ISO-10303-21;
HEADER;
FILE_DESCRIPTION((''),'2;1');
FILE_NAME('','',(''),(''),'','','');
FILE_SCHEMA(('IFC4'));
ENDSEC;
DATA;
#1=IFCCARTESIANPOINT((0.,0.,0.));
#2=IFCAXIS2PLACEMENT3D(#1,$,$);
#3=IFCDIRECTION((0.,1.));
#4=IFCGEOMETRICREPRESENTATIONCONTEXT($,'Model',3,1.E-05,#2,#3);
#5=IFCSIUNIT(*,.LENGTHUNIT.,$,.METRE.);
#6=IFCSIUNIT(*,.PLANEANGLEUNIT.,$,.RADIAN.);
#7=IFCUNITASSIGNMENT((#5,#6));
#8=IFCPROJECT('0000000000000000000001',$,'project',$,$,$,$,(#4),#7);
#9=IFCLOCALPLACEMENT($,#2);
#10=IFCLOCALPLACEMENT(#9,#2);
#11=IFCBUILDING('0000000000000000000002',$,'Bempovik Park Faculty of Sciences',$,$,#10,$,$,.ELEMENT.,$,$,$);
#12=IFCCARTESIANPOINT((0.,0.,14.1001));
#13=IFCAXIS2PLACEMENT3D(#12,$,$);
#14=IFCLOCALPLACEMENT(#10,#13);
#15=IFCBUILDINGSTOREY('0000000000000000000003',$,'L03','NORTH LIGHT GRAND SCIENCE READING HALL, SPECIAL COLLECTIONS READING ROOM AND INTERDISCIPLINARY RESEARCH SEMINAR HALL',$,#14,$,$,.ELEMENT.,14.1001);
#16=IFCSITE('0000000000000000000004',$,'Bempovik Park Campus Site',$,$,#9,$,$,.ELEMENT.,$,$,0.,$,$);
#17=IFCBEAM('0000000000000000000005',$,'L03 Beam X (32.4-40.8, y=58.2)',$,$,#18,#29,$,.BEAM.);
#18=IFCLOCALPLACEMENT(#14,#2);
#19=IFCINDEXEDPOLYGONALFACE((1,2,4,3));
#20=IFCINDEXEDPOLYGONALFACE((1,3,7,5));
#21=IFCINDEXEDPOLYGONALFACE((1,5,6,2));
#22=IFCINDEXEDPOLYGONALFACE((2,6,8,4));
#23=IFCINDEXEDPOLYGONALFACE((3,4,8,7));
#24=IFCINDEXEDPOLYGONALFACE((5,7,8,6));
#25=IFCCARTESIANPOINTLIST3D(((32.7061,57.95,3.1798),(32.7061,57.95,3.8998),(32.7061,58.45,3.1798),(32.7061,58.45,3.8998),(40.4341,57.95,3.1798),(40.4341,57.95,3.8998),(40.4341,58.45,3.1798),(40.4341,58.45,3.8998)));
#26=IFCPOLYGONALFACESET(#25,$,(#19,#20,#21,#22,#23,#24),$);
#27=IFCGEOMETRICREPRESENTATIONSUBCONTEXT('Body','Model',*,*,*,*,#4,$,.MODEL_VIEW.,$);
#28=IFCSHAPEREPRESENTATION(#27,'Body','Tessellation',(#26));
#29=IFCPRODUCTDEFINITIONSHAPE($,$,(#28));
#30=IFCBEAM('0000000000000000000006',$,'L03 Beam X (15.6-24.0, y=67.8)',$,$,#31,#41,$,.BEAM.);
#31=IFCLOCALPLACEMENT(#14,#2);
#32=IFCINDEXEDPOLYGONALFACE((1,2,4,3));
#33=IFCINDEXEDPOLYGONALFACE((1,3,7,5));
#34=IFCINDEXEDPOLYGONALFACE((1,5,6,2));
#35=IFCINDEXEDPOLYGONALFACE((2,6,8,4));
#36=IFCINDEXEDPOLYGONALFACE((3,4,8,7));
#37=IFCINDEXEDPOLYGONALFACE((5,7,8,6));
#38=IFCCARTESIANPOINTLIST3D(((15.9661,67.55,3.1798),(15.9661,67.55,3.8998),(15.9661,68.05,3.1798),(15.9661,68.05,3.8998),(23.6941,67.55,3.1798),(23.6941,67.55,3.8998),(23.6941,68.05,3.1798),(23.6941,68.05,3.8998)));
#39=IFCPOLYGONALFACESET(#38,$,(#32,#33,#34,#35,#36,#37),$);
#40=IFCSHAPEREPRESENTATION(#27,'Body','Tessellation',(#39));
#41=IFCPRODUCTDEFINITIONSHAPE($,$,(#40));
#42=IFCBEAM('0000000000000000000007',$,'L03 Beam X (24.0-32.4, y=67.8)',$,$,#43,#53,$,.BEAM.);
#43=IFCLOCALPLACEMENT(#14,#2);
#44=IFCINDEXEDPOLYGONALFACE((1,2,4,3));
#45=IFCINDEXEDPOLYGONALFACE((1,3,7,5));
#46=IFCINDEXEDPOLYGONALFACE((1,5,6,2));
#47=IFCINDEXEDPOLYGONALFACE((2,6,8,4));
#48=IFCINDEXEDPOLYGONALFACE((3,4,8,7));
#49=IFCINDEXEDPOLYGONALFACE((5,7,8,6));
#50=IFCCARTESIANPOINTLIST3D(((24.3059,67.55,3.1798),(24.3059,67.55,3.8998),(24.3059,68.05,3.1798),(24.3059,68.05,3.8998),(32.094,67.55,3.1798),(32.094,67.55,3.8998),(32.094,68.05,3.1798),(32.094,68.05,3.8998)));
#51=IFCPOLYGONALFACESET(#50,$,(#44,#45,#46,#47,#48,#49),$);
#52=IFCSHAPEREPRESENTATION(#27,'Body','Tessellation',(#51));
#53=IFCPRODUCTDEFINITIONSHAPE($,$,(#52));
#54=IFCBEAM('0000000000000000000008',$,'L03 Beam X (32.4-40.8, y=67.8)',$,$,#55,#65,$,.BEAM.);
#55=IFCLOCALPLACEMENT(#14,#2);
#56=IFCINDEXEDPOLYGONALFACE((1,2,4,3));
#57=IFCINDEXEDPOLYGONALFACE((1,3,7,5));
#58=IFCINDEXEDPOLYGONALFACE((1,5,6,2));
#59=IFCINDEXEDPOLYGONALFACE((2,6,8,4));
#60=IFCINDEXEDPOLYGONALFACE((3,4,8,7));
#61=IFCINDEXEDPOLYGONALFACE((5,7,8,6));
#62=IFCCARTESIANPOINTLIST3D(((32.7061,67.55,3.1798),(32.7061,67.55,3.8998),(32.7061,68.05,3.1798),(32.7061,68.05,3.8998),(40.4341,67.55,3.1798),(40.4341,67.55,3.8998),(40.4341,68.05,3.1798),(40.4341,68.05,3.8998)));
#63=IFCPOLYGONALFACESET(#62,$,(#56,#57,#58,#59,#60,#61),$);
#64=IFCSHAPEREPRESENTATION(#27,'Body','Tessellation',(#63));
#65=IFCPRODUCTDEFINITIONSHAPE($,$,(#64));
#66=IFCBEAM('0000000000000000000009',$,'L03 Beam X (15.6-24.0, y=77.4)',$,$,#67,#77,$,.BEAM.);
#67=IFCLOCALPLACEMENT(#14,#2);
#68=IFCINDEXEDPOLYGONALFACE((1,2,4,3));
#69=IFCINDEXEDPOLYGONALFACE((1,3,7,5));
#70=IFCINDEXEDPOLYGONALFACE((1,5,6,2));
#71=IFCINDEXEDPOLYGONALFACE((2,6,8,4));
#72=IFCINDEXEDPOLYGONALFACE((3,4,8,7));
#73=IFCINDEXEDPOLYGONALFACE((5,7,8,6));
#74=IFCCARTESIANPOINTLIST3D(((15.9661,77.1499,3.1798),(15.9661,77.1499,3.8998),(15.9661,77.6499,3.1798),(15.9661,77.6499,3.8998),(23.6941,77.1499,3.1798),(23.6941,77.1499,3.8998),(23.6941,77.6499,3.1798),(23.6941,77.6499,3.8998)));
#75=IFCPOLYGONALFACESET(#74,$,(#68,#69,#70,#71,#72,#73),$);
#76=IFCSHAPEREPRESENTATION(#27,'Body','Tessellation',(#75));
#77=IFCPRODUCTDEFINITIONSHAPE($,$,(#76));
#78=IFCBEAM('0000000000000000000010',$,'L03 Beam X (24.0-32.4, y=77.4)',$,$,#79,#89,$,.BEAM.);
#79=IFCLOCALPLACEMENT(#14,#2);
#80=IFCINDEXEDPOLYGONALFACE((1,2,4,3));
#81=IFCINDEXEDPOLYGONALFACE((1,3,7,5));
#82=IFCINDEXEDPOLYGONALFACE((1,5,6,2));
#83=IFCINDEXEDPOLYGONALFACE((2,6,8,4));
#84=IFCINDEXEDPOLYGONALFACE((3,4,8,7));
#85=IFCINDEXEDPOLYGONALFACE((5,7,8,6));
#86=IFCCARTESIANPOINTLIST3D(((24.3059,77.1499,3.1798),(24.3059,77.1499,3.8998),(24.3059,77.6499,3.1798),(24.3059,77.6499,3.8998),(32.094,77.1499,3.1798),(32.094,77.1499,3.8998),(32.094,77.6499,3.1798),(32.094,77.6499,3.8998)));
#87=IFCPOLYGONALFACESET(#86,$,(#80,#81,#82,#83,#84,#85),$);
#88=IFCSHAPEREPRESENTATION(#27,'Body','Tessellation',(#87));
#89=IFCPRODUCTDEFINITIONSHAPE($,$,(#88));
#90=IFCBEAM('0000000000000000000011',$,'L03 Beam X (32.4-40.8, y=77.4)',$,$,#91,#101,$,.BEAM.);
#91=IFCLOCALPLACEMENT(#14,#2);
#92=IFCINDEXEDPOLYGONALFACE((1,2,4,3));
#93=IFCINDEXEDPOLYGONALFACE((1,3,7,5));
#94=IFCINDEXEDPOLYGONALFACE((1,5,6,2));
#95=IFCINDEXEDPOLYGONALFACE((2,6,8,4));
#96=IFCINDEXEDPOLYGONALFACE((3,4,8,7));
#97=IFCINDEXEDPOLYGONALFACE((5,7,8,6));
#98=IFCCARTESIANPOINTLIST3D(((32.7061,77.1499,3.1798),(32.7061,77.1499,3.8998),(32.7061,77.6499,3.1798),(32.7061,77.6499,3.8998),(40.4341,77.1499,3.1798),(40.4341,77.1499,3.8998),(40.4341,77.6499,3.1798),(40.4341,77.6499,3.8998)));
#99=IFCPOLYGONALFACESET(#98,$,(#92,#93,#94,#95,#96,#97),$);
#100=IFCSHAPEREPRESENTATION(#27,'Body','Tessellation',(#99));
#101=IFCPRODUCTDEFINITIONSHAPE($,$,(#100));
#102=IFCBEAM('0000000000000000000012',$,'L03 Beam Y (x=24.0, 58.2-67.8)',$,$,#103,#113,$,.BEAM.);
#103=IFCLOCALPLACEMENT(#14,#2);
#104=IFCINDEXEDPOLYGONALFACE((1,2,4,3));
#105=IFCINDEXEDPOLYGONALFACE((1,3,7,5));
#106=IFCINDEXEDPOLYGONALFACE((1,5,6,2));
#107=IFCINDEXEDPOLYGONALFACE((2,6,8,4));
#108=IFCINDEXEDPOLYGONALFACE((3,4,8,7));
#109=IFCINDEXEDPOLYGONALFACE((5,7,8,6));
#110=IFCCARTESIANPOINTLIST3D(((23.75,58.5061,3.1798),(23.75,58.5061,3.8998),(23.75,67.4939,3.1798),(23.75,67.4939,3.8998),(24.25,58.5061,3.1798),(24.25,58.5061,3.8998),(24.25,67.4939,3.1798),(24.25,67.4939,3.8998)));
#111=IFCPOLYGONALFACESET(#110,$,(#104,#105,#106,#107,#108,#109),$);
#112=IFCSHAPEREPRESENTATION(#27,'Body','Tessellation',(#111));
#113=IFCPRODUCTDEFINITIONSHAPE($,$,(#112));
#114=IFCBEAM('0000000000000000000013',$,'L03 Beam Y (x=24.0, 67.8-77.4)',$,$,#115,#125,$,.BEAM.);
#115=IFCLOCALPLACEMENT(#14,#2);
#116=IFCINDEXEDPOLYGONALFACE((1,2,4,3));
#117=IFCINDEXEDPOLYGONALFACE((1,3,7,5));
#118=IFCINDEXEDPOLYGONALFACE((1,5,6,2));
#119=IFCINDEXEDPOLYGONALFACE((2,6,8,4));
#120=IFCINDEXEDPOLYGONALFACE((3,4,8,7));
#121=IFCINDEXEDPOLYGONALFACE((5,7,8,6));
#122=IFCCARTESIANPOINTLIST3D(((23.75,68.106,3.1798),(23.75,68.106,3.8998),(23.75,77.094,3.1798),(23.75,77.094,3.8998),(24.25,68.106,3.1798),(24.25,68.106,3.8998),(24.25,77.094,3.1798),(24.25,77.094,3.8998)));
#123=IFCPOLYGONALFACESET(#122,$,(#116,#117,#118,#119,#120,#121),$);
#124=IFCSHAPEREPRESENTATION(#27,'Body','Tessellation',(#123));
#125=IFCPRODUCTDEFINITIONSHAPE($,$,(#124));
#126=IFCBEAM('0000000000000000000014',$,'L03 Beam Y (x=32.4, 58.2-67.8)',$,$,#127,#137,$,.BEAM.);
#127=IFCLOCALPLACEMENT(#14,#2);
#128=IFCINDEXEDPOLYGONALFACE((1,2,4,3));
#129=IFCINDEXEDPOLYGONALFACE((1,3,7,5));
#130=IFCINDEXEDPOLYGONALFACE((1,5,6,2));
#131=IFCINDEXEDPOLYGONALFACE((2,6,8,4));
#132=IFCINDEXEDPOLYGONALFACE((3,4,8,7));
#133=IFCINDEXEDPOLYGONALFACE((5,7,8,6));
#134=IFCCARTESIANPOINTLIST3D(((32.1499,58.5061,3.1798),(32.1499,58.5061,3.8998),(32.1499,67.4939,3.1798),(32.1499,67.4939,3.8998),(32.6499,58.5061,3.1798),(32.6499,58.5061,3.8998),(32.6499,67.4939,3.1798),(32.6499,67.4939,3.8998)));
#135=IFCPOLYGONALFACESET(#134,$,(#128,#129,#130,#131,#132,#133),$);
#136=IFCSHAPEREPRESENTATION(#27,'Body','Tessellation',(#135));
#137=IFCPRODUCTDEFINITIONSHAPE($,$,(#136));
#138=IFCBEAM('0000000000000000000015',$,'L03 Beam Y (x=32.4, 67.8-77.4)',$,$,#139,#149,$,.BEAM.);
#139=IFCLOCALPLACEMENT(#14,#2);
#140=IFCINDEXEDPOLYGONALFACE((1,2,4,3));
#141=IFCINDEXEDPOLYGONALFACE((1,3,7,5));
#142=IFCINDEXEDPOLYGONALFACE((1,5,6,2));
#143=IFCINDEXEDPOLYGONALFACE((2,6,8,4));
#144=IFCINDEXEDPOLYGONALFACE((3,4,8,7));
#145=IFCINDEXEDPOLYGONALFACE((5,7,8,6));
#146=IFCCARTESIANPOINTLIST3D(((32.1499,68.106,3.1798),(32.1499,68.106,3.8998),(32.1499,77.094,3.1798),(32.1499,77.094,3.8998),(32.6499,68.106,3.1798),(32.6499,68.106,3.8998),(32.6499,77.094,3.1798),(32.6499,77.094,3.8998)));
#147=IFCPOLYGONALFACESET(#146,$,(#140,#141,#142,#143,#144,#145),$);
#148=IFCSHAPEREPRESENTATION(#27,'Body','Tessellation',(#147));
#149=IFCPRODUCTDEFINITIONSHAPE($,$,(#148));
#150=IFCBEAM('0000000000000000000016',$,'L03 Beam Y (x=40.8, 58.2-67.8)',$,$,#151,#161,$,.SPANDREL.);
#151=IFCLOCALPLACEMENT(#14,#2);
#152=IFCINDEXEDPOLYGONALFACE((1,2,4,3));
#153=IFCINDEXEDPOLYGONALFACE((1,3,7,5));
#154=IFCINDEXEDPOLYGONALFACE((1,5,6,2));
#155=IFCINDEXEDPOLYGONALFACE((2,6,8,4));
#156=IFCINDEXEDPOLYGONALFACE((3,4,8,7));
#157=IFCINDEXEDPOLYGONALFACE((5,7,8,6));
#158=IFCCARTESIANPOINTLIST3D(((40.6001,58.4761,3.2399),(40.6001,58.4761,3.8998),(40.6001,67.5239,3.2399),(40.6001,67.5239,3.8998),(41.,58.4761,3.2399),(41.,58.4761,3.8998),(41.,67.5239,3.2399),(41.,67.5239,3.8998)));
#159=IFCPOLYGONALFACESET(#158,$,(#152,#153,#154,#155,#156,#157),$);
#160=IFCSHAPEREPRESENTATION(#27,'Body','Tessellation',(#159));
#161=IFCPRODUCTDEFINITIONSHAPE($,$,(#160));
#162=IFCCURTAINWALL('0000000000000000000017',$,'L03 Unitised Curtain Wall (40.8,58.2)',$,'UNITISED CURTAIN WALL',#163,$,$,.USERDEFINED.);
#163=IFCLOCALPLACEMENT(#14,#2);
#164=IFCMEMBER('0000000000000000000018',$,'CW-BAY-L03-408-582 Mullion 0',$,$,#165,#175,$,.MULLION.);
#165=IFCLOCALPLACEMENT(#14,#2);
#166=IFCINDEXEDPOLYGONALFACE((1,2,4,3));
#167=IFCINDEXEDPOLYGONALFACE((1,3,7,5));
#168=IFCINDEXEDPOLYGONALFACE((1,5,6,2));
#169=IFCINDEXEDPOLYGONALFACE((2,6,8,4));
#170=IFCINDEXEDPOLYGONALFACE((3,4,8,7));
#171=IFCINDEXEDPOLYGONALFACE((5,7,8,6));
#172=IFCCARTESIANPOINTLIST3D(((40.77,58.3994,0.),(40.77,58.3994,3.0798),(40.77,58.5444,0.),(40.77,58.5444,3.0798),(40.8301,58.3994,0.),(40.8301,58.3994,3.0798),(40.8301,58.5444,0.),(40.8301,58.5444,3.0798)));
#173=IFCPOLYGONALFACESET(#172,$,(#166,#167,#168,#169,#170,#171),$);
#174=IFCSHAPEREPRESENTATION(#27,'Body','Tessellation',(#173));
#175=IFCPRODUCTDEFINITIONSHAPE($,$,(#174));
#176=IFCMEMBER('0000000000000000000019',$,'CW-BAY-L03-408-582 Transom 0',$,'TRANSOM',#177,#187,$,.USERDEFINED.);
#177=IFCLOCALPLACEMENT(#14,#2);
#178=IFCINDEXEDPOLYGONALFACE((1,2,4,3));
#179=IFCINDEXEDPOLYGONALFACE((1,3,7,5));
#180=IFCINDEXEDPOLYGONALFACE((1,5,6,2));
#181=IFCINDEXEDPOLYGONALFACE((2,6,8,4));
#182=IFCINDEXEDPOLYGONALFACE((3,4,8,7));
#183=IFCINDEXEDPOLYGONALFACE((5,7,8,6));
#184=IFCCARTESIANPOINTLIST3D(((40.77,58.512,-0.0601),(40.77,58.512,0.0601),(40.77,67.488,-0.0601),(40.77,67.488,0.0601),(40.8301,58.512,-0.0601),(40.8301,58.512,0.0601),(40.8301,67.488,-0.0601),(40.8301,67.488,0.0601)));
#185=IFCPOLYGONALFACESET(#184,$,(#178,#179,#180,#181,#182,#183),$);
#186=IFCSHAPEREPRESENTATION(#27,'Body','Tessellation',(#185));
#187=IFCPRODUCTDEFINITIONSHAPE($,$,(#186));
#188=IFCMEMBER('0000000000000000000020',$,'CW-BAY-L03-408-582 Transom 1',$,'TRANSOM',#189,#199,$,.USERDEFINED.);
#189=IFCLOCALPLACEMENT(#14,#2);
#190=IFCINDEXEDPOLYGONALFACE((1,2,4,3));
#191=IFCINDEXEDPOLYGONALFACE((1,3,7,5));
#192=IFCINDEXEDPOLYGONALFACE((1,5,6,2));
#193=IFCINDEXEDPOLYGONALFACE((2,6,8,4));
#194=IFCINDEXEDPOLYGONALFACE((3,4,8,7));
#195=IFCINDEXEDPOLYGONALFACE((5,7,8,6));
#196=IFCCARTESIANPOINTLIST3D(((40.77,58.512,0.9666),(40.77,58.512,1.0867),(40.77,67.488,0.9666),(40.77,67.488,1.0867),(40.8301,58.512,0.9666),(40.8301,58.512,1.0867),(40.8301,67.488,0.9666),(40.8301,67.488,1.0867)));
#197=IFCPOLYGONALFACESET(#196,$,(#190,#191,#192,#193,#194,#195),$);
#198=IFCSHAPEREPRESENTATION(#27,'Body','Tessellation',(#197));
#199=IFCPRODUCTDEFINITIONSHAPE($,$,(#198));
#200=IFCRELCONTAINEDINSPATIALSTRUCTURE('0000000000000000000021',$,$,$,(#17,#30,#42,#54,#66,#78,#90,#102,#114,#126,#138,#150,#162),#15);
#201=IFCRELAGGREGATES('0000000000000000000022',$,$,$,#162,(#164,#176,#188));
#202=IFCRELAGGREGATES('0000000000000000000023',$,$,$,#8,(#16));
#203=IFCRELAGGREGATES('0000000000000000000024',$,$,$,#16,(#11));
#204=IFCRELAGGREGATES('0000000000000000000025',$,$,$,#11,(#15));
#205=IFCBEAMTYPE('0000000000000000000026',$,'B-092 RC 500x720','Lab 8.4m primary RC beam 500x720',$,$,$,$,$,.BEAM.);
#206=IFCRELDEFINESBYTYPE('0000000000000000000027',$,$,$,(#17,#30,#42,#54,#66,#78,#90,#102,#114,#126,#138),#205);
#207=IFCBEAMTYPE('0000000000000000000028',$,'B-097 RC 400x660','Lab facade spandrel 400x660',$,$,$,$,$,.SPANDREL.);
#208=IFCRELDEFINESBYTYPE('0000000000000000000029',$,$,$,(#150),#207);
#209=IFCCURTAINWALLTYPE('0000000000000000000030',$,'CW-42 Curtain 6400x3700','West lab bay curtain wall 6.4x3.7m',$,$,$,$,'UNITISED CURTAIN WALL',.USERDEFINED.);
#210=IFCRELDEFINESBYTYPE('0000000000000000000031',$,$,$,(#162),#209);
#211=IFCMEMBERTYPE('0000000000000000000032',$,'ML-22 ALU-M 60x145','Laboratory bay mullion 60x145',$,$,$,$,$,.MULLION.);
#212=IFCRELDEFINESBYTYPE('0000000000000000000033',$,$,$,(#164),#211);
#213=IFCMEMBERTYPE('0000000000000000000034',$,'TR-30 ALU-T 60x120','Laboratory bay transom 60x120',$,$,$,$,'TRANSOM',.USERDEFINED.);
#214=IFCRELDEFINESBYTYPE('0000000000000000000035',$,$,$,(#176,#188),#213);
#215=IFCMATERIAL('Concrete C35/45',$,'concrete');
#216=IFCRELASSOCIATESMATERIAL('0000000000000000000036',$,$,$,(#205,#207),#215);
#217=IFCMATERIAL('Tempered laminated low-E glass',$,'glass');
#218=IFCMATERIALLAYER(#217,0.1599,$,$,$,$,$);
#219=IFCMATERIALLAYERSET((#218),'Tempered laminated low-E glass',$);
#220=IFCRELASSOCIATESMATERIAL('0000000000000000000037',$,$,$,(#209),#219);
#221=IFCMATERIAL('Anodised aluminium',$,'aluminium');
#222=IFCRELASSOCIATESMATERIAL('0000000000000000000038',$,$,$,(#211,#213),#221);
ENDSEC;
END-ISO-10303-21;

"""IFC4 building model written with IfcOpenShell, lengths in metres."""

from ifc_helpers import new_model, si_unit, direction, frame, origin, origin_2d, place, context, subcontext, project, spatial, rectangle, extrude, material, layer, layer_set, material_profile, profile_set, type_object, element, aggregate, save


model = new_model("IFC4")

# Units and contexts
model_context = context("Model", 3, precision=1e-05, world=origin(), true_north=direction((0.0, 1.0)))
body_context = subcontext(model_context, "Body", "Model", "MODEL_VIEW")
ifc_project = project(units=[si_unit("LENGTHUNIT", "METRE"), si_unit("PLANEANGLEUNIT", "RADIAN")], contexts=[model_context])

# Site, building, storey
site_placement = place(None, origin())
site = spatial("IfcSite", under=ifc_project, at=site_placement, Name="Bempovik Park Campus Site", CompositionType="ELEMENT", RefElevation=0.0)
building_placement = place(site_placement, origin())
building = spatial("IfcBuilding", under=site, at=building_placement, Name="Bempovik Park Faculty of Sciences", CompositionType="ELEMENT")
storey_placement = place(building_placement, frame((0.0, 0.0, 14.1001)))
storey = spatial("IfcBuildingStorey", under=building, at=storey_placement, Name="L03", Description="NORTH LIGHT GRAND SCIENCE READING HALL, SPECIAL COLLECTIONS READING ROOM AND INTERDISCIPLINARY RESEARCH SEMINAR HALL", CompositionType="ELEMENT", Elevation=14.1001)

# Beams
ifc_material_1 = material(Name="Concrete C35/45", Category="concrete")
ifc_material_profile_1 = material_profile(ifc_material_1, rectangle(XDim=0.5, YDim=0.72, at=origin_2d()), Name="RC 500x720")
ifc_profile_set_1 = profile_set([ifc_material_profile_1], Name="Concrete C35/45")
beam_type_1 = type_object("IfcBeamType", Name="B-092 RC 500x720", Description="Lab 8.4m primary RC beam 500x720", PredefinedType="BEAM", material=ifc_profile_set_1)
for number, where, z_axis, x_axis, name in (
    (1, (32.7061, 58.2, 3.5398), (1.0, 0.0, 0.0), (0.0, 1.0, 0.0), "L03 Beam X (32.4-40.8, y=58.2)"),
    (2, (15.9661, 67.8, 3.5398), (1.0, 0.0, 0.0), (0.0, 1.0, 0.0), "L03 Beam X (15.6-24.0, y=67.8)"),
):
    element("IfcBeam", number, at=place(storey_placement, frame(where, z_axis=z_axis, x_axis=x_axis)), inside=storey, type_object=beam_type_1, Name=name, PredefinedType="BEAM", context=body_context, shape_type="SweptSolid", body=[
        extrude(rectangle(XDim=0.5, YDim=0.72, at=origin_2d()), origin(), (0.0, 0.0, 1.0), 7.728),
    ])
beam_1_placement = place(storey_placement, frame((24.3059, 67.8, 3.5398), z_axis=(1.0, 0.0, 0.0), x_axis=(0.0, 1.0, 0.0)))
element("IfcBeam", 3, at=beam_1_placement, inside=storey, type_object=beam_type_1, Name="L03 Beam X (24.0-32.4, y=67.8)", PredefinedType="BEAM", context=body_context, shape_type="SweptSolid", body=[
    extrude(rectangle(XDim=0.5, YDim=0.72, at=origin_2d()), origin(), (0.0, 0.0, 1.0), 7.7881),
])
for number, where, z_axis, x_axis, name in (
    (4, (32.7061, 67.8, 3.5398), (1.0, 0.0, 0.0), (0.0, 1.0, 0.0), "L03 Beam X (32.4-40.8, y=67.8)"),
    (5, (15.9661, 77.3999, 3.5398), (1.0, 0.0, 0.0), (0.0, 1.0, 0.0), "L03 Beam X (15.6-24.0, y=77.4)"),
):
    element("IfcBeam", number, at=place(storey_placement, frame(where, z_axis=z_axis, x_axis=x_axis)), inside=storey, type_object=beam_type_1, Name=name, PredefinedType="BEAM", context=body_context, shape_type="SweptSolid", body=[
        extrude(rectangle(XDim=0.5, YDim=0.72, at=origin_2d()), origin(), (0.0, 0.0, 1.0), 7.728),
    ])
beam_2_placement = place(storey_placement, frame((24.3059, 77.3999, 3.5398), z_axis=(1.0, 0.0, 0.0), x_axis=(0.0, 1.0, 0.0)))
element("IfcBeam", 6, at=beam_2_placement, inside=storey, type_object=beam_type_1, Name="L03 Beam X (24.0-32.4, y=77.4)", PredefinedType="BEAM", context=body_context, shape_type="SweptSolid", body=[
    extrude(rectangle(XDim=0.5, YDim=0.72, at=origin_2d()), origin(), (0.0, 0.0, 1.0), 7.7881),
])
beam_3_placement = place(storey_placement, frame((32.7061, 77.3999, 3.5398), z_axis=(1.0, 0.0, 0.0), x_axis=(0.0, 1.0, 0.0)))
element("IfcBeam", 7, at=beam_3_placement, inside=storey, type_object=beam_type_1, Name="L03 Beam X (32.4-40.8, y=77.4)", PredefinedType="BEAM", context=body_context, shape_type="SweptSolid", body=[
    extrude(rectangle(XDim=0.5, YDim=0.72, at=origin_2d()), origin(), (0.0, 0.0, 1.0), 7.728),
])
beam_4_placement = place(storey_placement, frame((24.0, 58.5061, 3.5398), z_axis=(0.0, 1.0, 0.0), x_axis=(-1.0, 0.0, 0.0)))
element("IfcBeam", 8, at=beam_4_placement, inside=storey, type_object=beam_type_1, Name="L03 Beam Y (x=24.0, 58.2-67.8)", PredefinedType="BEAM", context=body_context, shape_type="SweptSolid", body=[
    extrude(rectangle(XDim=0.5, YDim=0.72, at=origin_2d()), origin(), (0.0, 0.0, 1.0), 8.9878),
])
beam_5_placement = place(storey_placement, frame((24.0, 68.106, 3.5398), z_axis=(0.0, 1.0, 0.0), x_axis=(-1.0, 0.0, 0.0)))
element("IfcBeam", 9, at=beam_5_placement, inside=storey, type_object=beam_type_1, Name="L03 Beam Y (x=24.0, 67.8-77.4)", PredefinedType="BEAM", context=body_context, shape_type="SweptSolid", body=[
    extrude(rectangle(XDim=0.5, YDim=0.72, at=origin_2d()), origin(), (0.0, 0.0, 1.0), 8.988),
])
beam_6_placement = place(storey_placement, frame((32.3999, 58.5061, 3.5398), z_axis=(0.0, 1.0, 0.0), x_axis=(-1.0, 0.0, 0.0)))
element("IfcBeam", 10, at=beam_6_placement, inside=storey, type_object=beam_type_1, Name="L03 Beam Y (x=32.4, 58.2-67.8)", PredefinedType="BEAM", context=body_context, shape_type="SweptSolid", body=[
    extrude(rectangle(XDim=0.5, YDim=0.72, at=origin_2d()), origin(), (0.0, 0.0, 1.0), 8.9878),
])
beam_7_placement = place(storey_placement, frame((32.3999, 68.106, 3.5398), z_axis=(0.0, 1.0, 0.0), x_axis=(-1.0, 0.0, 0.0)))
element("IfcBeam", 11, at=beam_7_placement, inside=storey, type_object=beam_type_1, Name="L03 Beam Y (x=32.4, 67.8-77.4)", PredefinedType="BEAM", context=body_context, shape_type="SweptSolid", body=[
    extrude(rectangle(XDim=0.5, YDim=0.72, at=origin_2d()), origin(), (0.0, 0.0, 1.0), 8.988),
])
ifc_material_profile_2 = material_profile(ifc_material_1, rectangle(XDim=0.3999, YDim=0.6599, at=origin_2d()), Name="RC 400x660")
ifc_profile_set_2 = profile_set([ifc_material_profile_2], Name="Concrete C35/45")
beam_type_2 = type_object("IfcBeamType", Name="B-097 RC 400x660", Description="Lab facade spandrel 400x660", PredefinedType="SPANDREL", material=ifc_profile_set_2)
beam_8_placement = place(storey_placement, frame((40.8, 58.4761, 3.5698), z_axis=(0.0, 1.0, 0.0), x_axis=(-1.0, 0.0, 0.0)))
element("IfcBeam", 12, at=beam_8_placement, inside=storey, type_object=beam_type_2, Name="L03 Beam Y (x=40.8, 58.2-67.8)", PredefinedType="SPANDREL", context=body_context, shape_type="SweptSolid", body=[
    extrude(rectangle(XDim=0.3999, YDim=0.6599, at=origin_2d()), origin(), (0.0, 0.0, 1.0), 9.0479),
])

# Curtain wall, members
ifc_material_2 = material(Name="Tempered laminated low-E glass", Category="glass")
ifc_layer = layer(ifc_material_2, 0.1599)
ifc_layer_set = layer_set([ifc_layer], Name="Tempered laminated low-E glass")
curtain_wall_type = type_object("IfcCurtainWallType", Name="CW-42 Curtain 6400x3700", Description="West lab bay curtain wall 6.4x3.7m", ElementType="UNITISED CURTAIN WALL", PredefinedType="USERDEFINED", material=ifc_layer_set)
curtain_wall_placement = place(storey_placement, origin())
curtain_wall = element("IfcCurtainWall", 13, at=curtain_wall_placement, inside=storey, type_object=curtain_wall_type, Name="L03 Unitised Curtain Wall (40.8,58.2)", ObjectType="UNITISED CURTAIN WALL", PredefinedType="USERDEFINED")
ifc_material_3 = material(Name="Anodised aluminium", Category="aluminium")
ifc_material_profile_3 = material_profile(ifc_material_3, rectangle(XDim=0.0601, YDim=0.145, at=origin_2d()), Name="ALU-M 60x145")
ifc_profile_set_3 = profile_set([ifc_material_profile_3], Name="Anodised aluminium")
member_type_1 = type_object("IfcMemberType", Name="ML-22 ALU-M 60x145", Description="Laboratory bay mullion 60x145", PredefinedType="MULLION", material=ifc_profile_set_3)
member_1_placement = place(storey_placement, frame((40.8, 58.4719, 0.0), z_axis=(0.0, 0.0, 1.0), x_axis=(1.0, 0.0, 0.0)))
member_1 = element("IfcMember", 14, at=member_1_placement, type_object=member_type_1, Name="CW-BAY-L03-408-582 Mullion 0", PredefinedType="MULLION", context=body_context, shape_type="SweptSolid", body=[
    extrude(rectangle(XDim=0.0601, YDim=0.145, at=origin_2d()), origin(), (0.0, 0.0, 1.0), 3.0798),
])
ifc_material_profile_4 = material_profile(ifc_material_3, rectangle(XDim=0.0601, YDim=0.1201, at=origin_2d()), Name="ALU-T 60x120")
ifc_profile_set_4 = profile_set([ifc_material_profile_4], Name="Anodised aluminium")
member_type_2 = type_object("IfcMemberType", Name="TR-30 ALU-T 60x120", Description="Laboratory bay transom 60x120", ElementType="TRANSOM", PredefinedType="USERDEFINED", material=ifc_profile_set_4)
member_2_placement = place(storey_placement, frame((40.8, 58.512, 0.0), z_axis=(0.0, 1.0, 0.0), x_axis=(-1.0, 0.0, 0.0)))
member_2 = element("IfcMember", 15, at=member_2_placement, type_object=member_type_2, Name="CW-BAY-L03-408-582 Transom 0", ObjectType="TRANSOM", PredefinedType="USERDEFINED", context=body_context, shape_type="SweptSolid", body=[
    extrude(rectangle(XDim=0.0601, YDim=0.1201, at=origin_2d()), origin(), (0.0, 0.0, 1.0), 8.9761),
])
member_3_placement = place(storey_placement, frame((40.8, 58.512, 1.0266), z_axis=(0.0, 1.0, 0.0), x_axis=(-1.0, 0.0, 0.0)))
member_3 = element("IfcMember", 16, at=member_3_placement, type_object=member_type_2, Name="CW-BAY-L03-408-582 Transom 1", ObjectType="TRANSOM", PredefinedType="USERDEFINED", context=body_context, shape_type="SweptSolid", body=[
    extrude(rectangle(XDim=0.0601, YDim=0.1201, at=origin_2d()), origin(), (0.0, 0.0, 1.0), 8.9761),
])
aggregate(curtain_wall, [member_1, member_2, member_3])

save(model, "model.ifc")
